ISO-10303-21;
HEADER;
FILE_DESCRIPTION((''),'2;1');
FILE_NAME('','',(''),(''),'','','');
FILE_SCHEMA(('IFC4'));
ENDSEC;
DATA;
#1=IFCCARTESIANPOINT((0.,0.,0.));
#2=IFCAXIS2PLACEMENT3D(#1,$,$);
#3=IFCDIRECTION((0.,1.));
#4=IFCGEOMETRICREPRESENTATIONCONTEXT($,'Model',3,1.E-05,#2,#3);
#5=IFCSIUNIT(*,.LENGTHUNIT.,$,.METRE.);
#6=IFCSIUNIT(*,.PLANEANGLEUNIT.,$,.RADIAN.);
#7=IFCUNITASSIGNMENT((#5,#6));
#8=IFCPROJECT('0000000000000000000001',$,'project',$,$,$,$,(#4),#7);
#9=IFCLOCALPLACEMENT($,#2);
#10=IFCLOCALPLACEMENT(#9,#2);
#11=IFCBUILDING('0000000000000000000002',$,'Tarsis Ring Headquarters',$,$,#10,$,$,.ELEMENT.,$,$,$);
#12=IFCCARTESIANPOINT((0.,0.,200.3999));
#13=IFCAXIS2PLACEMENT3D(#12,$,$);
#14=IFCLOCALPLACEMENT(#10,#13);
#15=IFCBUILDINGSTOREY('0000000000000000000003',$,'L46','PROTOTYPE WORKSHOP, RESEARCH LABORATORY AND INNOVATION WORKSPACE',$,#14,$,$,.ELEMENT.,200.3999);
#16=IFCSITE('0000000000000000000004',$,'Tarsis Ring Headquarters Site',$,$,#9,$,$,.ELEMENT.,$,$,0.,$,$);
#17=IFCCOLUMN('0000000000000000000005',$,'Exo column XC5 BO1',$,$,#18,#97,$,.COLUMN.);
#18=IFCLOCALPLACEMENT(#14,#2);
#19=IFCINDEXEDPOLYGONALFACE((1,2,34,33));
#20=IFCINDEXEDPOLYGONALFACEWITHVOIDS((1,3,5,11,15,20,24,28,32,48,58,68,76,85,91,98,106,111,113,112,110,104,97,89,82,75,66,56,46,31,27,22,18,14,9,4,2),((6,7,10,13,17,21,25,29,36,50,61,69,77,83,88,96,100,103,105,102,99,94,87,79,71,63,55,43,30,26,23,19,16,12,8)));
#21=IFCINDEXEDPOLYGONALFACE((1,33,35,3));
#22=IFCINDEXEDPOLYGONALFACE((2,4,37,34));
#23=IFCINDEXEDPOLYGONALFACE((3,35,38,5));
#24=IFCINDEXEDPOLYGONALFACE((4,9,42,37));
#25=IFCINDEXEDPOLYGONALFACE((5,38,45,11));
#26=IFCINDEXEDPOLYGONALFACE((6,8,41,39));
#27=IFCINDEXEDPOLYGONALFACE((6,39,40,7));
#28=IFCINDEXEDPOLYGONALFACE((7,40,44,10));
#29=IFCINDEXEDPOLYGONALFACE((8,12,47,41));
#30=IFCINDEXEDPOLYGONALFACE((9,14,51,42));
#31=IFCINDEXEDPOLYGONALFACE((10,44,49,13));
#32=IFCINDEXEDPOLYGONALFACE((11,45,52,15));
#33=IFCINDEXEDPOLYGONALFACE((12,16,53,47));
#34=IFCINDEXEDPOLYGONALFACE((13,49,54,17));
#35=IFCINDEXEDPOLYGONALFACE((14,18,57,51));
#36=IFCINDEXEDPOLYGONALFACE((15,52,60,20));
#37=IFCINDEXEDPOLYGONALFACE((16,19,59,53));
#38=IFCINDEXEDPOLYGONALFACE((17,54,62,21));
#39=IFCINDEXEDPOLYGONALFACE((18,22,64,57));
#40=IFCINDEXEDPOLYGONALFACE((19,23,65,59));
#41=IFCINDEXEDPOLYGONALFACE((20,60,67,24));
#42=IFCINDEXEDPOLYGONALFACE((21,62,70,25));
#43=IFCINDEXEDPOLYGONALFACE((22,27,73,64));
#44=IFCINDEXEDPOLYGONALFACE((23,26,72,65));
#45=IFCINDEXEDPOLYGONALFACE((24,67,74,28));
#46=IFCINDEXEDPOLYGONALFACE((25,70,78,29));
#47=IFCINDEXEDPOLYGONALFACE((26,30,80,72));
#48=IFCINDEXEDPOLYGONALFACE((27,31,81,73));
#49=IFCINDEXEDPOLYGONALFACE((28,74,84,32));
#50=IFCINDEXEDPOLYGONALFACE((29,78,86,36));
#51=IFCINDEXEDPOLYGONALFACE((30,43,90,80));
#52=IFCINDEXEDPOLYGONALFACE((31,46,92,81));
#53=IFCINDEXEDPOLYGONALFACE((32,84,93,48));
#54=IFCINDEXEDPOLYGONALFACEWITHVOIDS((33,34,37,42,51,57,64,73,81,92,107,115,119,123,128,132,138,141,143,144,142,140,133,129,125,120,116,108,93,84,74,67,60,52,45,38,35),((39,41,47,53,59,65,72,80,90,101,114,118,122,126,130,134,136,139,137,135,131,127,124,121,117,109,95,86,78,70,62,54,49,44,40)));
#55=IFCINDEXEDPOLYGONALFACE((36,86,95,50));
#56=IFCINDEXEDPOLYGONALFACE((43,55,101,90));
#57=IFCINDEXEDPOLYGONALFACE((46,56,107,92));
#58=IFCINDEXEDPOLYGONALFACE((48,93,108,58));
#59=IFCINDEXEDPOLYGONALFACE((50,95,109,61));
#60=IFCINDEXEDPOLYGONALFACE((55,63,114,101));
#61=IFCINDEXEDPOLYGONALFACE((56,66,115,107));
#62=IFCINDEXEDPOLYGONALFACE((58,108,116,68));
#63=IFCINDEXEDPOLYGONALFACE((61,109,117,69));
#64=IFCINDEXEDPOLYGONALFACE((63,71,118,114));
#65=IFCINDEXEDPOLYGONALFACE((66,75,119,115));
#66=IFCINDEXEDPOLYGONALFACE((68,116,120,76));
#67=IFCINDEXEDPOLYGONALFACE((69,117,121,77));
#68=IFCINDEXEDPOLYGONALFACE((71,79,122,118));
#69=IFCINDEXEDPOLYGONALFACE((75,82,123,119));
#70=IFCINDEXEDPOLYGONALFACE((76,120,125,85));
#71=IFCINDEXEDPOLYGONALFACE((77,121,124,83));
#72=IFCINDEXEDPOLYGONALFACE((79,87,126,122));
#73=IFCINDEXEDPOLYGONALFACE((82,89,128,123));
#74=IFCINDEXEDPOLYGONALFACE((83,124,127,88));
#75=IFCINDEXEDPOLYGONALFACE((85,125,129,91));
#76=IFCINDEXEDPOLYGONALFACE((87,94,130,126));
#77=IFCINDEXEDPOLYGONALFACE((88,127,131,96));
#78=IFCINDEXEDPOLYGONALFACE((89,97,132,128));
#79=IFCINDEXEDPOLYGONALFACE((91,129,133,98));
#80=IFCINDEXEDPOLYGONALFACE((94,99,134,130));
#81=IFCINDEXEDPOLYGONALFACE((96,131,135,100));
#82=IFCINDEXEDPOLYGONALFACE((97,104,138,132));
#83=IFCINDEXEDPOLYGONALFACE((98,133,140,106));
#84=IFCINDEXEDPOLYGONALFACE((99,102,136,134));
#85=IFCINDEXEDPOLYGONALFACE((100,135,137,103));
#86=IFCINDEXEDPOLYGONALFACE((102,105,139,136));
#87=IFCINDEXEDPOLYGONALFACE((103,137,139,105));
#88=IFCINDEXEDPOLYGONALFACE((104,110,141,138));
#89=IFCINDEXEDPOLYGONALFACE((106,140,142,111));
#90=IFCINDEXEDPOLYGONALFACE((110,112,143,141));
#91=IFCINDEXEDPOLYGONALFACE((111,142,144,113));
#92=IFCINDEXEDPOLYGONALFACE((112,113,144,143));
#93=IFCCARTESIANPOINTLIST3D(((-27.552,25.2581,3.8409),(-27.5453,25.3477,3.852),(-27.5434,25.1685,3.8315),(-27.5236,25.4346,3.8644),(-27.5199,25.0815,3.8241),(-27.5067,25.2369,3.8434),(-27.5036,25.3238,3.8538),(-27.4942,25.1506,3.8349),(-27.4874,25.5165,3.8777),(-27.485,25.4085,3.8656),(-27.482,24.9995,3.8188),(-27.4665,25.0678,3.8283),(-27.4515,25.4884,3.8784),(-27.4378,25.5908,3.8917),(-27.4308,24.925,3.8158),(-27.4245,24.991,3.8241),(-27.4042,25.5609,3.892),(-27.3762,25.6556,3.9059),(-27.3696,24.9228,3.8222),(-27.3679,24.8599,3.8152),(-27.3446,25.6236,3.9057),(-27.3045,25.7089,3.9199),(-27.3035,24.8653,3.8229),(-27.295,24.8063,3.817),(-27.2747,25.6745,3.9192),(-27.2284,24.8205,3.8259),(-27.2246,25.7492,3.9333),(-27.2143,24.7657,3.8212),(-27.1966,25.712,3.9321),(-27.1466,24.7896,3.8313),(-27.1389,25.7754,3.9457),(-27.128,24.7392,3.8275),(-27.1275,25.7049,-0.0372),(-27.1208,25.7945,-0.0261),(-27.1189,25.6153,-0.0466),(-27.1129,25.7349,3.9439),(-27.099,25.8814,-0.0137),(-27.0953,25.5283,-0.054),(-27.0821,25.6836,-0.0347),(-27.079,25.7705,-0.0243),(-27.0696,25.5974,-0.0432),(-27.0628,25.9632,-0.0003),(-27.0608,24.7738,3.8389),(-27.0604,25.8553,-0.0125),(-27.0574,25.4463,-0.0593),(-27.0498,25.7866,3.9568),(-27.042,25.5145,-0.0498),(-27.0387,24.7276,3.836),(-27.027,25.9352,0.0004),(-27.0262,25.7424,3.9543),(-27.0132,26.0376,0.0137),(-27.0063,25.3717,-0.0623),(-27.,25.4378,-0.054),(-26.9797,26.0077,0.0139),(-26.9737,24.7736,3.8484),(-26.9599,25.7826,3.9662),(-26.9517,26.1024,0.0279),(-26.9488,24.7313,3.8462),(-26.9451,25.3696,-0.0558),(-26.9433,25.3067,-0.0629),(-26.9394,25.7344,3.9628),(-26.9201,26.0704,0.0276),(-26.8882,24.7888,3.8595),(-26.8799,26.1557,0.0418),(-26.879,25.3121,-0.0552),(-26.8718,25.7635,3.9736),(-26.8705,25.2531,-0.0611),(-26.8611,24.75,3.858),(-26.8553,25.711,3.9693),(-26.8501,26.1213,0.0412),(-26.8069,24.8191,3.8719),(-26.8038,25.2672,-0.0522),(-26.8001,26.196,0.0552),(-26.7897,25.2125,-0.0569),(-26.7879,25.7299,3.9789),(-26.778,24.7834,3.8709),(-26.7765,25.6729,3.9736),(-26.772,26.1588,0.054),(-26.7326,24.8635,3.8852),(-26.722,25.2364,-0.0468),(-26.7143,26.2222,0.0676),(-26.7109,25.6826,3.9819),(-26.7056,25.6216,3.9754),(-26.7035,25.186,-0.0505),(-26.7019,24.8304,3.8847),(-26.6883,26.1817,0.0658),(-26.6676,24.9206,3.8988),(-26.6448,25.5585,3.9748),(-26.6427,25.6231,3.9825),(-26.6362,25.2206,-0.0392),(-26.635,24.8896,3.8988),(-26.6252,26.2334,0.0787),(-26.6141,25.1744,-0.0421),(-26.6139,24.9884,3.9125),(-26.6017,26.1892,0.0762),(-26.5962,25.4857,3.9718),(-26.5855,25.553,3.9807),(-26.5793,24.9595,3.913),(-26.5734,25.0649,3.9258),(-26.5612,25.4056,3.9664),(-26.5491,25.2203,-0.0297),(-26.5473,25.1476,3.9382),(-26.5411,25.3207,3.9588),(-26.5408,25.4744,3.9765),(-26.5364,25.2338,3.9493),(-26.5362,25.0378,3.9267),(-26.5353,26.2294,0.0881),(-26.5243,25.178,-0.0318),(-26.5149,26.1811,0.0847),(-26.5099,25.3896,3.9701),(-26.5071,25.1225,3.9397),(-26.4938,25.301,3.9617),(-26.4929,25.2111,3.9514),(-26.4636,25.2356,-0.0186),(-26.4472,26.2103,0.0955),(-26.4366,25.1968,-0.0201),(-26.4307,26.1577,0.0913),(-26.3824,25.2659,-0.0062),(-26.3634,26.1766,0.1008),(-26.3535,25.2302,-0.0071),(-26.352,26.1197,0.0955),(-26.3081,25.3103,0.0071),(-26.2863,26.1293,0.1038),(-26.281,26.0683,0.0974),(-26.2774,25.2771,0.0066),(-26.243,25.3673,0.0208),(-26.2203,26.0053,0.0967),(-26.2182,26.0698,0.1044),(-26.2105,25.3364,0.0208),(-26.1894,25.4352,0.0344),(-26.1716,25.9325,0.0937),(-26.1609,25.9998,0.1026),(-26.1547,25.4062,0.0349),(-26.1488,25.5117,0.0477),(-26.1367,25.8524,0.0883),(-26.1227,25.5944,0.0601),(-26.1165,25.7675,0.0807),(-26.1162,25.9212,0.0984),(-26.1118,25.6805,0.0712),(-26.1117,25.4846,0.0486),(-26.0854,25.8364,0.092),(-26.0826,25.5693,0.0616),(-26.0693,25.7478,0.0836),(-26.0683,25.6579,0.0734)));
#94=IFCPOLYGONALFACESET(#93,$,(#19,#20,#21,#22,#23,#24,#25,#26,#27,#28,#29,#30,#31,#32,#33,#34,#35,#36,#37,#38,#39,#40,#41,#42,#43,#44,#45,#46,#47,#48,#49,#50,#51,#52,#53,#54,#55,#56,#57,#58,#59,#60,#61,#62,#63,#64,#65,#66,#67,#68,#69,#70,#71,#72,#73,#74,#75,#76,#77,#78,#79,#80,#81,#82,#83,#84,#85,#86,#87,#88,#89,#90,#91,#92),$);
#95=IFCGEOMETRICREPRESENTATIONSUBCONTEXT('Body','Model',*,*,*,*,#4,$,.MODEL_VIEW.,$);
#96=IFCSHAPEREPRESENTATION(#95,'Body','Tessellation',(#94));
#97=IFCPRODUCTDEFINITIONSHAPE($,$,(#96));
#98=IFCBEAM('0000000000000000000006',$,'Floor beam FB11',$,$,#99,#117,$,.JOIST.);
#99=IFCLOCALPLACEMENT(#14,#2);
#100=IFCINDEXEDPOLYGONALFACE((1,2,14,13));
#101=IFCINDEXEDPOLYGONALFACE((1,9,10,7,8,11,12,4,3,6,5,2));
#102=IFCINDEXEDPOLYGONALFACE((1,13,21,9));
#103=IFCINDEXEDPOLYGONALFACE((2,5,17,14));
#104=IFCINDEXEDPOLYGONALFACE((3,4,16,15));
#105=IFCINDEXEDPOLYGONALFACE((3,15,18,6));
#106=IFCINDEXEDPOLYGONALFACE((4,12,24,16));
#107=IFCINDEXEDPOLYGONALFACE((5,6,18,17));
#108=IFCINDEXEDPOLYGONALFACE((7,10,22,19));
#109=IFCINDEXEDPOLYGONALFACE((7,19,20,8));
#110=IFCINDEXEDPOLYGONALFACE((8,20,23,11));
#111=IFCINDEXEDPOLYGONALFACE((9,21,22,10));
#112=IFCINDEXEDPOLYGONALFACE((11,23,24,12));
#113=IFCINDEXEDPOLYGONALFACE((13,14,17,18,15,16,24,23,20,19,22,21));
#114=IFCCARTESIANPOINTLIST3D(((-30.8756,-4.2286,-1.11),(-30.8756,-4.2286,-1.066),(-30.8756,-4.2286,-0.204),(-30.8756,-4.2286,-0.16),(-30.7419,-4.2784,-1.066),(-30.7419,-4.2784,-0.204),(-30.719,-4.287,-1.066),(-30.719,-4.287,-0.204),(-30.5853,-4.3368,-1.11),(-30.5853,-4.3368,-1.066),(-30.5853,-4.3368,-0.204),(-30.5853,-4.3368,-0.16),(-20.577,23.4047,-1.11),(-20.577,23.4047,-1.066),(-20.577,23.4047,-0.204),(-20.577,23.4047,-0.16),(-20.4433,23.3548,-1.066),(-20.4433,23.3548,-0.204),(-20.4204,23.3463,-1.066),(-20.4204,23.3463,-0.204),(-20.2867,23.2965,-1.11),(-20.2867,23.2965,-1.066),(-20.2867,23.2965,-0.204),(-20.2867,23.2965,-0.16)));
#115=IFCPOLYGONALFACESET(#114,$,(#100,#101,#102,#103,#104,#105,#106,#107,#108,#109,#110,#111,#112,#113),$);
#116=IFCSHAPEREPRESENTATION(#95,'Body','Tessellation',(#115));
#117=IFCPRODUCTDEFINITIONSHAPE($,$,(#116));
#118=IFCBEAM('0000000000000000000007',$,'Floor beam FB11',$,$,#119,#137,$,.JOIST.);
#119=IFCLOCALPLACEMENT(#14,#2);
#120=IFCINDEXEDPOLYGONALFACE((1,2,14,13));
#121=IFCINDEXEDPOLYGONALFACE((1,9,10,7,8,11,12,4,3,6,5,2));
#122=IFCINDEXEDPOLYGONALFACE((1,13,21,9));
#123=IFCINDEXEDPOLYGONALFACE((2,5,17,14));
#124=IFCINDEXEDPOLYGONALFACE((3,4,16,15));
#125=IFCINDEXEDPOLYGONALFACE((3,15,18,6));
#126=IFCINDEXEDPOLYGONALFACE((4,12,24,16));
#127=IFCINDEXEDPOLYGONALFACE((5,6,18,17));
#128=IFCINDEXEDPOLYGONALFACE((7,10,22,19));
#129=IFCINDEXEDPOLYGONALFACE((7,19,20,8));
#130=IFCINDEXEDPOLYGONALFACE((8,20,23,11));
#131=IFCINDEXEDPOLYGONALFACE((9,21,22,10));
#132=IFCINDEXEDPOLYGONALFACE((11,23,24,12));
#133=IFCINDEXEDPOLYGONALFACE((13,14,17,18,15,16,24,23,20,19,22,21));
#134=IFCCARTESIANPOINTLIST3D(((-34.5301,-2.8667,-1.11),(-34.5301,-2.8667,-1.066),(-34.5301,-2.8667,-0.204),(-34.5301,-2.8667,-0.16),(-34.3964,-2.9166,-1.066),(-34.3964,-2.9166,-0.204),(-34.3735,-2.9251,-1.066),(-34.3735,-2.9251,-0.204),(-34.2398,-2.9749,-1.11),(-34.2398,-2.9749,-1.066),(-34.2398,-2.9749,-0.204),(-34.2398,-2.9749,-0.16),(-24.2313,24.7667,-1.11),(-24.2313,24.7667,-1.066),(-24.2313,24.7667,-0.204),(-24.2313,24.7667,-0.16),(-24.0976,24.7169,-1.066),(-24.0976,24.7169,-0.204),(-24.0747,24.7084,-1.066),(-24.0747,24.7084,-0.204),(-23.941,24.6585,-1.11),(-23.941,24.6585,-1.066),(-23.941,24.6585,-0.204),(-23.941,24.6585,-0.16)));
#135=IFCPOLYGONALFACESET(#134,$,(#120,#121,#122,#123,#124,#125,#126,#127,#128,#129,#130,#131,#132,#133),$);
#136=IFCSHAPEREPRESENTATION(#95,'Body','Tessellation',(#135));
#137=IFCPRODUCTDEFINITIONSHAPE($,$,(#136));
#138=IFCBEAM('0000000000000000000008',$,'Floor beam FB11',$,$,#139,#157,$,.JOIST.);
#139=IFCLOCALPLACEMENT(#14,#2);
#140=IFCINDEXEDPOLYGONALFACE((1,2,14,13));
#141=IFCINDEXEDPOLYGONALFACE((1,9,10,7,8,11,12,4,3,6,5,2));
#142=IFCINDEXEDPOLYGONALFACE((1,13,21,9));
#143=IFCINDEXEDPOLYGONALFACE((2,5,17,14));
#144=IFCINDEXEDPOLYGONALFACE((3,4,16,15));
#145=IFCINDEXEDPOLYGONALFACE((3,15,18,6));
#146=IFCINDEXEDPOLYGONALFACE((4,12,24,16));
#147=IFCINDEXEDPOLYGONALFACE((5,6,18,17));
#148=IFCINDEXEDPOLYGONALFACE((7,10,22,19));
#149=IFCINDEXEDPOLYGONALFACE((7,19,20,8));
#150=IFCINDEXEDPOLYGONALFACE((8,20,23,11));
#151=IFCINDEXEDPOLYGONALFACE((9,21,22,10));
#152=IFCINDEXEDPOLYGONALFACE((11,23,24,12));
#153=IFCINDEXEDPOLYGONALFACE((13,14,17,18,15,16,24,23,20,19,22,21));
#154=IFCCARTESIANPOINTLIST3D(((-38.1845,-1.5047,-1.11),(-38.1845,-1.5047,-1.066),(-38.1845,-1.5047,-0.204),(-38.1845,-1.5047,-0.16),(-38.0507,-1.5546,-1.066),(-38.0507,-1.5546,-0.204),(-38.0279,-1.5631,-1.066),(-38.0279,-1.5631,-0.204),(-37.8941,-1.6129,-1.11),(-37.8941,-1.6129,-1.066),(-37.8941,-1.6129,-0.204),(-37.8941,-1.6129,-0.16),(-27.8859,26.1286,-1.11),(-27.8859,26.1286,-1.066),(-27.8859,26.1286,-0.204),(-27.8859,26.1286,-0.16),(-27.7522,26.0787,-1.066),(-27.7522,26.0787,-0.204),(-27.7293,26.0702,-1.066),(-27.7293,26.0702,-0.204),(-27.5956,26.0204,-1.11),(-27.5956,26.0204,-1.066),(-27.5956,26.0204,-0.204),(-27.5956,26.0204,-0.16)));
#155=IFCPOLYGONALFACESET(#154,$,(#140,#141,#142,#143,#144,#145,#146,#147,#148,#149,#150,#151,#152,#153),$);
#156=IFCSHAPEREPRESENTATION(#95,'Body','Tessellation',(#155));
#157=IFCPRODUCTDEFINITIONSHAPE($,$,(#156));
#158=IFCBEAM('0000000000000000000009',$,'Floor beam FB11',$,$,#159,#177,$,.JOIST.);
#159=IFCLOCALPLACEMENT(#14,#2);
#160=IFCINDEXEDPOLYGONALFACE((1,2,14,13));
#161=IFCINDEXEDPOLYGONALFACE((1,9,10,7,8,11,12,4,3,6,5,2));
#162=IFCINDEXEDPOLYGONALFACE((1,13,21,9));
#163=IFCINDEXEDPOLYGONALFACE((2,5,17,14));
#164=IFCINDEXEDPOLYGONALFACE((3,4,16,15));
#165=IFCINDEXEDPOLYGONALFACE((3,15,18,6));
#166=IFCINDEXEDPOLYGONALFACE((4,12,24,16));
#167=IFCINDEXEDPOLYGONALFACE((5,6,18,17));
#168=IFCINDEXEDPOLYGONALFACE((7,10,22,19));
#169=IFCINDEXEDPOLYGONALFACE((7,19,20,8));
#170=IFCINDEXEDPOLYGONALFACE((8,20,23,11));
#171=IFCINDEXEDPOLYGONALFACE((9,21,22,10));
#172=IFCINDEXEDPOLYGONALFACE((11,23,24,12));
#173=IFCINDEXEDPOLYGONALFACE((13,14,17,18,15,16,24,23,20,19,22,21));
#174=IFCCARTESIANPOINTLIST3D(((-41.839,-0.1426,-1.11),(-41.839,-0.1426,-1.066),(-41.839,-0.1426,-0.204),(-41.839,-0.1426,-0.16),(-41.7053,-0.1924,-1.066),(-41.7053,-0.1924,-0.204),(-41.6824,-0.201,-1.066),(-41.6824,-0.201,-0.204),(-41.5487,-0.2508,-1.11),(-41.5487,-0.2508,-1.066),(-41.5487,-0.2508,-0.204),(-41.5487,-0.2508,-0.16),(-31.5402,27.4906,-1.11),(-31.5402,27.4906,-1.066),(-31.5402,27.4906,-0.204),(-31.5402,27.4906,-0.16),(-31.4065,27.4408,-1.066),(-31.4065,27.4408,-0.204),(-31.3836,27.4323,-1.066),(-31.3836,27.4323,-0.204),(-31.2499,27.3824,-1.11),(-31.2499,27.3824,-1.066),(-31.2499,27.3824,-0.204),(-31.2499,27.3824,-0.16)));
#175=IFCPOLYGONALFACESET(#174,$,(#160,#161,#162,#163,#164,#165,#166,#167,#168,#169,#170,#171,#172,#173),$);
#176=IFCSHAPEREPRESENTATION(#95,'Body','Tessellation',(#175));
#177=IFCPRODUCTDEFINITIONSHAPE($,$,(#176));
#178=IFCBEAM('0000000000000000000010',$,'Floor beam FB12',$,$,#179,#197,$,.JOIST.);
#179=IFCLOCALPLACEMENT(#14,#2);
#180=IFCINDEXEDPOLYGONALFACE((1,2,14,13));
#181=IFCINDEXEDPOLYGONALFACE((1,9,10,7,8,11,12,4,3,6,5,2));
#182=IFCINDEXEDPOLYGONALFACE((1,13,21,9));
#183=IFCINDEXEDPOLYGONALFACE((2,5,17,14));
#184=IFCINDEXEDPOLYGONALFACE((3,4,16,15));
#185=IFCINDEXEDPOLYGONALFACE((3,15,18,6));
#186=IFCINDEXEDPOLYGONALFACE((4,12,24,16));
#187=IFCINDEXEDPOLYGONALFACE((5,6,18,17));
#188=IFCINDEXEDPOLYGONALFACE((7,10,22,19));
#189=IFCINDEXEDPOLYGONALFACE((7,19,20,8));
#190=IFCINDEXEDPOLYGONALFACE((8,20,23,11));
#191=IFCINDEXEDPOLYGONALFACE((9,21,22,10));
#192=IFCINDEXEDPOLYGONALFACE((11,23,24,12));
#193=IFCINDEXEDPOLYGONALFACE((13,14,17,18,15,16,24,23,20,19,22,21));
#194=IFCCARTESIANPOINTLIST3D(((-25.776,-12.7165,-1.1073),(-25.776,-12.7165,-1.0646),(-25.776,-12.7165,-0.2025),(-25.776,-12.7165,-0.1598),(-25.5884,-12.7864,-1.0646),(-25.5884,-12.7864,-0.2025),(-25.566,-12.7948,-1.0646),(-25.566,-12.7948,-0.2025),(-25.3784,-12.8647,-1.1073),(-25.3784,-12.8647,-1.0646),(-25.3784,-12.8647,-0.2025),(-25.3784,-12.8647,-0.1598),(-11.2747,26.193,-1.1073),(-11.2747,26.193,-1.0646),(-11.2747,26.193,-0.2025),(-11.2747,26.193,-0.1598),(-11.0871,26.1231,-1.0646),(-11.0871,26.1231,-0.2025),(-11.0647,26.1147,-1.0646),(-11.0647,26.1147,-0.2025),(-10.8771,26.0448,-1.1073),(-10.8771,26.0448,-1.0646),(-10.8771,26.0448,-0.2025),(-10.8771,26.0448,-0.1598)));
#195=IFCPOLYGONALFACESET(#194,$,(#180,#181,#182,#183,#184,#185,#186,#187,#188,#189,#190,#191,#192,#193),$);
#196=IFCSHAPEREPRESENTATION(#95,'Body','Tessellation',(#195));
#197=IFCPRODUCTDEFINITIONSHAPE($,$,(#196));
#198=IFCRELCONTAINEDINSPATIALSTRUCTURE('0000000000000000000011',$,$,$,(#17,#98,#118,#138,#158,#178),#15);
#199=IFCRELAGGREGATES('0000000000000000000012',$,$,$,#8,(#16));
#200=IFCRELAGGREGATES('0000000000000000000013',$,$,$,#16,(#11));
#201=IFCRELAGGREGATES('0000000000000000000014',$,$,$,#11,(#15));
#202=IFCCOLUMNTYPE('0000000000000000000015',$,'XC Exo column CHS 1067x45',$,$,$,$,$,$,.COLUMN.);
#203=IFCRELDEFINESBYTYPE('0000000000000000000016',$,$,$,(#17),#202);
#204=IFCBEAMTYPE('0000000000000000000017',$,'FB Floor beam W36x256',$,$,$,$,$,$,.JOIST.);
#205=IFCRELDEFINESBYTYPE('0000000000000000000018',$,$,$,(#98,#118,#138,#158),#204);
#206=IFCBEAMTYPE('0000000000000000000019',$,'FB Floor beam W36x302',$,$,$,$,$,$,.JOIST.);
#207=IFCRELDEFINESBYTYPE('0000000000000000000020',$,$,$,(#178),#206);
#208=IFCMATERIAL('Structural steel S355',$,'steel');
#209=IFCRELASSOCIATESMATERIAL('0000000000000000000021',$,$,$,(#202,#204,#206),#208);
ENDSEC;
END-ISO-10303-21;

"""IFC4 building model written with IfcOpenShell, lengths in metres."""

from ifc_helpers import new_model, si_unit, direction, frame, origin, origin_2d, place, context, subcontext, project, spatial, hollow_circle, i_section, extrude, material, material_profile, profile_set, type_object, element, save


model = new_model("IFC4")

# Units and contexts
model_context = context("Model", 3, precision=1e-05, world=origin(), true_north=direction((0.0, 1.0)))
body_context = subcontext(model_context, "Body", "Model", "MODEL_VIEW")
ifc_project = project(units=[si_unit("LENGTHUNIT", "METRE"), si_unit("PLANEANGLEUNIT", "RADIAN")], contexts=[model_context])

# Site, building, storey
site_placement = place(None, origin())
site = spatial("IfcSite", under=ifc_project, at=site_placement, Name="Tarsis Ring Headquarters Site", CompositionType="ELEMENT", RefElevation=0.0)
building_placement = place(site_placement, origin())
building = spatial("IfcBuilding", under=site, at=building_placement, Name="Tarsis Ring Headquarters", CompositionType="ELEMENT")
storey_placement = place(building_placement, frame((0.0, 0.0, 200.3999)))
storey = spatial("IfcBuildingStorey", under=building, at=storey_placement, Name="L46", Description="PROTOTYPE WORKSHOP, RESEARCH LABORATORY AND INNOVATION WORKSPACE", CompositionType="ELEMENT", Elevation=200.3999)

# Column
ifc_material_1 = material(Name="Structural steel S355", Category="steel")
ifc_material_profile_1 = material_profile(ifc_material_1, hollow_circle(Radius=0.5334, WallThickness=0.0449, at=origin_2d()), Name="CHS 1067x45")
ifc_profile_set_1 = profile_set([ifc_material_profile_1], Name="Structural steel S355")
column_type = type_object("IfcColumnType", Name="XC Exo column CHS 1067x45", PredefinedType="COLUMN", material=ifc_profile_set_1)
column_placement = place(storey_placement, frame((-26.5972, 25.7039, 0.0208), z_axis=(-0.108118, -0.113775, 0.987606), x_axis=(0.724901, -0.688854, 0.0)))
element("IfcColumn", 1, at=column_placement, inside=storey, type_object=column_type, Name="Exo column XC5 BO1", PredefinedType="COLUMN", context=body_context, shape_type="SweptSolid", body=[
    extrude(hollow_circle(Radius=0.5334, WallThickness=0.0449, at=origin_2d()), origin(), (0.0, 0.0, 1.0), 3.9268),
])

# Beams
ifc_material_profile_2 = material_profile(ifc_material_1, i_section(OverallWidth=0.3098, OverallDepth=0.95, WebThickness=0.0244, FlangeThickness=0.0439, at=origin_2d()), Name="W36x256")
ifc_profile_set_2 = profile_set([ifc_material_profile_2], Name="Structural steel S355")
beam_type_1 = type_object("IfcBeamType", Name="FB Floor beam W36x256", PredefinedType="JOIST", material=ifc_profile_set_2)
beam_1_placement = place(storey_placement, frame((-20.4319, 23.3506, -0.635), z_axis=(-0.349223, -0.93704, 0.0), x_axis=(0.93704, -0.349223, 0.0)))
element("IfcBeam", 2, at=beam_1_placement, inside=storey, type_object=beam_type_1, Name="Floor beam FB11", PredefinedType="JOIST", context=body_context, shape_type="SweptSolid", body=[
    extrude(i_section(OverallWidth=0.3098, OverallDepth=0.95, WebThickness=0.0244, FlangeThickness=0.0439, at=origin_2d()), origin(), (0.0, 0.0, 1.0), 29.49),
])
beam_2_placement = place(storey_placement, frame((-24.0862, 24.7126, -0.635), z_axis=(-0.349227, -0.937038, 0.0), x_axis=(0.937038, -0.349227, 0.0)))
element("IfcBeam", 3, at=beam_2_placement, inside=storey, type_object=beam_type_1, Name="Floor beam FB11", PredefinedType="JOIST", context=body_context, shape_type="SweptSolid", body=[
    extrude(i_section(OverallWidth=0.3098, OverallDepth=0.95, WebThickness=0.0244, FlangeThickness=0.0439, at=origin_2d()), origin(), (0.0, 0.0, 1.0), 29.4902),
])
for number, where, z_axis, x_axis, name in (
    (4, (-27.7407, 26.0745, -0.635), (-0.349223, -0.93704, 0.0), (0.93704, -0.349223, 0.0), "Floor beam FB11"),
    (5, (-31.395, 27.4365, -0.635), (-0.34923, -0.937037, 0.0), (0.937037, -0.34923, 0.0), "Floor beam FB11"),
):
    element("IfcBeam", number, at=place(storey_placement, frame(where, z_axis=z_axis, x_axis=x_axis)), inside=storey, type_object=beam_type_1, Name=name, PredefinedType="JOIST", context=body_context, shape_type="SweptSolid", body=[
        extrude(i_section(OverallWidth=0.3098, OverallDepth=0.95, WebThickness=0.0244, FlangeThickness=0.0439, at=origin_2d()), origin(), (0.0, 0.0, 1.0), 29.49),
    ])
ifc_material_profile_3 = material_profile(ifc_material_1, i_section(OverallWidth=0.4243, OverallDepth=0.9475, WebThickness=0.0239, FlangeThickness=0.0427, at=origin_2d()), Name="W36x302")
ifc_profile_set_3 = profile_set([ifc_material_profile_3], Name="Structural steel S355")
beam_type_2 = type_object("IfcBeamType", Name="FB Floor beam W36x302", PredefinedType="JOIST", material=ifc_profile_set_3)
beam_3_placement = place(storey_placement, frame((-11.0759, 26.1189, -0.6335), z_axis=(-0.349226, -0.937038, 0.0), x_axis=(0.937038, -0.349226, 0.0)))
element("IfcBeam", 6, at=beam_3_placement, inside=storey, type_object=beam_type_2, Name="Floor beam FB12", PredefinedType="JOIST", context=body_context, shape_type="SweptSolid", body=[
    extrude(i_section(OverallWidth=0.4243, OverallDepth=0.9475, WebThickness=0.0239, FlangeThickness=0.0427, at=origin_2d()), origin(), (0.0, 0.0, 1.0), 41.5239),
])

save(model, "model.ifc")
